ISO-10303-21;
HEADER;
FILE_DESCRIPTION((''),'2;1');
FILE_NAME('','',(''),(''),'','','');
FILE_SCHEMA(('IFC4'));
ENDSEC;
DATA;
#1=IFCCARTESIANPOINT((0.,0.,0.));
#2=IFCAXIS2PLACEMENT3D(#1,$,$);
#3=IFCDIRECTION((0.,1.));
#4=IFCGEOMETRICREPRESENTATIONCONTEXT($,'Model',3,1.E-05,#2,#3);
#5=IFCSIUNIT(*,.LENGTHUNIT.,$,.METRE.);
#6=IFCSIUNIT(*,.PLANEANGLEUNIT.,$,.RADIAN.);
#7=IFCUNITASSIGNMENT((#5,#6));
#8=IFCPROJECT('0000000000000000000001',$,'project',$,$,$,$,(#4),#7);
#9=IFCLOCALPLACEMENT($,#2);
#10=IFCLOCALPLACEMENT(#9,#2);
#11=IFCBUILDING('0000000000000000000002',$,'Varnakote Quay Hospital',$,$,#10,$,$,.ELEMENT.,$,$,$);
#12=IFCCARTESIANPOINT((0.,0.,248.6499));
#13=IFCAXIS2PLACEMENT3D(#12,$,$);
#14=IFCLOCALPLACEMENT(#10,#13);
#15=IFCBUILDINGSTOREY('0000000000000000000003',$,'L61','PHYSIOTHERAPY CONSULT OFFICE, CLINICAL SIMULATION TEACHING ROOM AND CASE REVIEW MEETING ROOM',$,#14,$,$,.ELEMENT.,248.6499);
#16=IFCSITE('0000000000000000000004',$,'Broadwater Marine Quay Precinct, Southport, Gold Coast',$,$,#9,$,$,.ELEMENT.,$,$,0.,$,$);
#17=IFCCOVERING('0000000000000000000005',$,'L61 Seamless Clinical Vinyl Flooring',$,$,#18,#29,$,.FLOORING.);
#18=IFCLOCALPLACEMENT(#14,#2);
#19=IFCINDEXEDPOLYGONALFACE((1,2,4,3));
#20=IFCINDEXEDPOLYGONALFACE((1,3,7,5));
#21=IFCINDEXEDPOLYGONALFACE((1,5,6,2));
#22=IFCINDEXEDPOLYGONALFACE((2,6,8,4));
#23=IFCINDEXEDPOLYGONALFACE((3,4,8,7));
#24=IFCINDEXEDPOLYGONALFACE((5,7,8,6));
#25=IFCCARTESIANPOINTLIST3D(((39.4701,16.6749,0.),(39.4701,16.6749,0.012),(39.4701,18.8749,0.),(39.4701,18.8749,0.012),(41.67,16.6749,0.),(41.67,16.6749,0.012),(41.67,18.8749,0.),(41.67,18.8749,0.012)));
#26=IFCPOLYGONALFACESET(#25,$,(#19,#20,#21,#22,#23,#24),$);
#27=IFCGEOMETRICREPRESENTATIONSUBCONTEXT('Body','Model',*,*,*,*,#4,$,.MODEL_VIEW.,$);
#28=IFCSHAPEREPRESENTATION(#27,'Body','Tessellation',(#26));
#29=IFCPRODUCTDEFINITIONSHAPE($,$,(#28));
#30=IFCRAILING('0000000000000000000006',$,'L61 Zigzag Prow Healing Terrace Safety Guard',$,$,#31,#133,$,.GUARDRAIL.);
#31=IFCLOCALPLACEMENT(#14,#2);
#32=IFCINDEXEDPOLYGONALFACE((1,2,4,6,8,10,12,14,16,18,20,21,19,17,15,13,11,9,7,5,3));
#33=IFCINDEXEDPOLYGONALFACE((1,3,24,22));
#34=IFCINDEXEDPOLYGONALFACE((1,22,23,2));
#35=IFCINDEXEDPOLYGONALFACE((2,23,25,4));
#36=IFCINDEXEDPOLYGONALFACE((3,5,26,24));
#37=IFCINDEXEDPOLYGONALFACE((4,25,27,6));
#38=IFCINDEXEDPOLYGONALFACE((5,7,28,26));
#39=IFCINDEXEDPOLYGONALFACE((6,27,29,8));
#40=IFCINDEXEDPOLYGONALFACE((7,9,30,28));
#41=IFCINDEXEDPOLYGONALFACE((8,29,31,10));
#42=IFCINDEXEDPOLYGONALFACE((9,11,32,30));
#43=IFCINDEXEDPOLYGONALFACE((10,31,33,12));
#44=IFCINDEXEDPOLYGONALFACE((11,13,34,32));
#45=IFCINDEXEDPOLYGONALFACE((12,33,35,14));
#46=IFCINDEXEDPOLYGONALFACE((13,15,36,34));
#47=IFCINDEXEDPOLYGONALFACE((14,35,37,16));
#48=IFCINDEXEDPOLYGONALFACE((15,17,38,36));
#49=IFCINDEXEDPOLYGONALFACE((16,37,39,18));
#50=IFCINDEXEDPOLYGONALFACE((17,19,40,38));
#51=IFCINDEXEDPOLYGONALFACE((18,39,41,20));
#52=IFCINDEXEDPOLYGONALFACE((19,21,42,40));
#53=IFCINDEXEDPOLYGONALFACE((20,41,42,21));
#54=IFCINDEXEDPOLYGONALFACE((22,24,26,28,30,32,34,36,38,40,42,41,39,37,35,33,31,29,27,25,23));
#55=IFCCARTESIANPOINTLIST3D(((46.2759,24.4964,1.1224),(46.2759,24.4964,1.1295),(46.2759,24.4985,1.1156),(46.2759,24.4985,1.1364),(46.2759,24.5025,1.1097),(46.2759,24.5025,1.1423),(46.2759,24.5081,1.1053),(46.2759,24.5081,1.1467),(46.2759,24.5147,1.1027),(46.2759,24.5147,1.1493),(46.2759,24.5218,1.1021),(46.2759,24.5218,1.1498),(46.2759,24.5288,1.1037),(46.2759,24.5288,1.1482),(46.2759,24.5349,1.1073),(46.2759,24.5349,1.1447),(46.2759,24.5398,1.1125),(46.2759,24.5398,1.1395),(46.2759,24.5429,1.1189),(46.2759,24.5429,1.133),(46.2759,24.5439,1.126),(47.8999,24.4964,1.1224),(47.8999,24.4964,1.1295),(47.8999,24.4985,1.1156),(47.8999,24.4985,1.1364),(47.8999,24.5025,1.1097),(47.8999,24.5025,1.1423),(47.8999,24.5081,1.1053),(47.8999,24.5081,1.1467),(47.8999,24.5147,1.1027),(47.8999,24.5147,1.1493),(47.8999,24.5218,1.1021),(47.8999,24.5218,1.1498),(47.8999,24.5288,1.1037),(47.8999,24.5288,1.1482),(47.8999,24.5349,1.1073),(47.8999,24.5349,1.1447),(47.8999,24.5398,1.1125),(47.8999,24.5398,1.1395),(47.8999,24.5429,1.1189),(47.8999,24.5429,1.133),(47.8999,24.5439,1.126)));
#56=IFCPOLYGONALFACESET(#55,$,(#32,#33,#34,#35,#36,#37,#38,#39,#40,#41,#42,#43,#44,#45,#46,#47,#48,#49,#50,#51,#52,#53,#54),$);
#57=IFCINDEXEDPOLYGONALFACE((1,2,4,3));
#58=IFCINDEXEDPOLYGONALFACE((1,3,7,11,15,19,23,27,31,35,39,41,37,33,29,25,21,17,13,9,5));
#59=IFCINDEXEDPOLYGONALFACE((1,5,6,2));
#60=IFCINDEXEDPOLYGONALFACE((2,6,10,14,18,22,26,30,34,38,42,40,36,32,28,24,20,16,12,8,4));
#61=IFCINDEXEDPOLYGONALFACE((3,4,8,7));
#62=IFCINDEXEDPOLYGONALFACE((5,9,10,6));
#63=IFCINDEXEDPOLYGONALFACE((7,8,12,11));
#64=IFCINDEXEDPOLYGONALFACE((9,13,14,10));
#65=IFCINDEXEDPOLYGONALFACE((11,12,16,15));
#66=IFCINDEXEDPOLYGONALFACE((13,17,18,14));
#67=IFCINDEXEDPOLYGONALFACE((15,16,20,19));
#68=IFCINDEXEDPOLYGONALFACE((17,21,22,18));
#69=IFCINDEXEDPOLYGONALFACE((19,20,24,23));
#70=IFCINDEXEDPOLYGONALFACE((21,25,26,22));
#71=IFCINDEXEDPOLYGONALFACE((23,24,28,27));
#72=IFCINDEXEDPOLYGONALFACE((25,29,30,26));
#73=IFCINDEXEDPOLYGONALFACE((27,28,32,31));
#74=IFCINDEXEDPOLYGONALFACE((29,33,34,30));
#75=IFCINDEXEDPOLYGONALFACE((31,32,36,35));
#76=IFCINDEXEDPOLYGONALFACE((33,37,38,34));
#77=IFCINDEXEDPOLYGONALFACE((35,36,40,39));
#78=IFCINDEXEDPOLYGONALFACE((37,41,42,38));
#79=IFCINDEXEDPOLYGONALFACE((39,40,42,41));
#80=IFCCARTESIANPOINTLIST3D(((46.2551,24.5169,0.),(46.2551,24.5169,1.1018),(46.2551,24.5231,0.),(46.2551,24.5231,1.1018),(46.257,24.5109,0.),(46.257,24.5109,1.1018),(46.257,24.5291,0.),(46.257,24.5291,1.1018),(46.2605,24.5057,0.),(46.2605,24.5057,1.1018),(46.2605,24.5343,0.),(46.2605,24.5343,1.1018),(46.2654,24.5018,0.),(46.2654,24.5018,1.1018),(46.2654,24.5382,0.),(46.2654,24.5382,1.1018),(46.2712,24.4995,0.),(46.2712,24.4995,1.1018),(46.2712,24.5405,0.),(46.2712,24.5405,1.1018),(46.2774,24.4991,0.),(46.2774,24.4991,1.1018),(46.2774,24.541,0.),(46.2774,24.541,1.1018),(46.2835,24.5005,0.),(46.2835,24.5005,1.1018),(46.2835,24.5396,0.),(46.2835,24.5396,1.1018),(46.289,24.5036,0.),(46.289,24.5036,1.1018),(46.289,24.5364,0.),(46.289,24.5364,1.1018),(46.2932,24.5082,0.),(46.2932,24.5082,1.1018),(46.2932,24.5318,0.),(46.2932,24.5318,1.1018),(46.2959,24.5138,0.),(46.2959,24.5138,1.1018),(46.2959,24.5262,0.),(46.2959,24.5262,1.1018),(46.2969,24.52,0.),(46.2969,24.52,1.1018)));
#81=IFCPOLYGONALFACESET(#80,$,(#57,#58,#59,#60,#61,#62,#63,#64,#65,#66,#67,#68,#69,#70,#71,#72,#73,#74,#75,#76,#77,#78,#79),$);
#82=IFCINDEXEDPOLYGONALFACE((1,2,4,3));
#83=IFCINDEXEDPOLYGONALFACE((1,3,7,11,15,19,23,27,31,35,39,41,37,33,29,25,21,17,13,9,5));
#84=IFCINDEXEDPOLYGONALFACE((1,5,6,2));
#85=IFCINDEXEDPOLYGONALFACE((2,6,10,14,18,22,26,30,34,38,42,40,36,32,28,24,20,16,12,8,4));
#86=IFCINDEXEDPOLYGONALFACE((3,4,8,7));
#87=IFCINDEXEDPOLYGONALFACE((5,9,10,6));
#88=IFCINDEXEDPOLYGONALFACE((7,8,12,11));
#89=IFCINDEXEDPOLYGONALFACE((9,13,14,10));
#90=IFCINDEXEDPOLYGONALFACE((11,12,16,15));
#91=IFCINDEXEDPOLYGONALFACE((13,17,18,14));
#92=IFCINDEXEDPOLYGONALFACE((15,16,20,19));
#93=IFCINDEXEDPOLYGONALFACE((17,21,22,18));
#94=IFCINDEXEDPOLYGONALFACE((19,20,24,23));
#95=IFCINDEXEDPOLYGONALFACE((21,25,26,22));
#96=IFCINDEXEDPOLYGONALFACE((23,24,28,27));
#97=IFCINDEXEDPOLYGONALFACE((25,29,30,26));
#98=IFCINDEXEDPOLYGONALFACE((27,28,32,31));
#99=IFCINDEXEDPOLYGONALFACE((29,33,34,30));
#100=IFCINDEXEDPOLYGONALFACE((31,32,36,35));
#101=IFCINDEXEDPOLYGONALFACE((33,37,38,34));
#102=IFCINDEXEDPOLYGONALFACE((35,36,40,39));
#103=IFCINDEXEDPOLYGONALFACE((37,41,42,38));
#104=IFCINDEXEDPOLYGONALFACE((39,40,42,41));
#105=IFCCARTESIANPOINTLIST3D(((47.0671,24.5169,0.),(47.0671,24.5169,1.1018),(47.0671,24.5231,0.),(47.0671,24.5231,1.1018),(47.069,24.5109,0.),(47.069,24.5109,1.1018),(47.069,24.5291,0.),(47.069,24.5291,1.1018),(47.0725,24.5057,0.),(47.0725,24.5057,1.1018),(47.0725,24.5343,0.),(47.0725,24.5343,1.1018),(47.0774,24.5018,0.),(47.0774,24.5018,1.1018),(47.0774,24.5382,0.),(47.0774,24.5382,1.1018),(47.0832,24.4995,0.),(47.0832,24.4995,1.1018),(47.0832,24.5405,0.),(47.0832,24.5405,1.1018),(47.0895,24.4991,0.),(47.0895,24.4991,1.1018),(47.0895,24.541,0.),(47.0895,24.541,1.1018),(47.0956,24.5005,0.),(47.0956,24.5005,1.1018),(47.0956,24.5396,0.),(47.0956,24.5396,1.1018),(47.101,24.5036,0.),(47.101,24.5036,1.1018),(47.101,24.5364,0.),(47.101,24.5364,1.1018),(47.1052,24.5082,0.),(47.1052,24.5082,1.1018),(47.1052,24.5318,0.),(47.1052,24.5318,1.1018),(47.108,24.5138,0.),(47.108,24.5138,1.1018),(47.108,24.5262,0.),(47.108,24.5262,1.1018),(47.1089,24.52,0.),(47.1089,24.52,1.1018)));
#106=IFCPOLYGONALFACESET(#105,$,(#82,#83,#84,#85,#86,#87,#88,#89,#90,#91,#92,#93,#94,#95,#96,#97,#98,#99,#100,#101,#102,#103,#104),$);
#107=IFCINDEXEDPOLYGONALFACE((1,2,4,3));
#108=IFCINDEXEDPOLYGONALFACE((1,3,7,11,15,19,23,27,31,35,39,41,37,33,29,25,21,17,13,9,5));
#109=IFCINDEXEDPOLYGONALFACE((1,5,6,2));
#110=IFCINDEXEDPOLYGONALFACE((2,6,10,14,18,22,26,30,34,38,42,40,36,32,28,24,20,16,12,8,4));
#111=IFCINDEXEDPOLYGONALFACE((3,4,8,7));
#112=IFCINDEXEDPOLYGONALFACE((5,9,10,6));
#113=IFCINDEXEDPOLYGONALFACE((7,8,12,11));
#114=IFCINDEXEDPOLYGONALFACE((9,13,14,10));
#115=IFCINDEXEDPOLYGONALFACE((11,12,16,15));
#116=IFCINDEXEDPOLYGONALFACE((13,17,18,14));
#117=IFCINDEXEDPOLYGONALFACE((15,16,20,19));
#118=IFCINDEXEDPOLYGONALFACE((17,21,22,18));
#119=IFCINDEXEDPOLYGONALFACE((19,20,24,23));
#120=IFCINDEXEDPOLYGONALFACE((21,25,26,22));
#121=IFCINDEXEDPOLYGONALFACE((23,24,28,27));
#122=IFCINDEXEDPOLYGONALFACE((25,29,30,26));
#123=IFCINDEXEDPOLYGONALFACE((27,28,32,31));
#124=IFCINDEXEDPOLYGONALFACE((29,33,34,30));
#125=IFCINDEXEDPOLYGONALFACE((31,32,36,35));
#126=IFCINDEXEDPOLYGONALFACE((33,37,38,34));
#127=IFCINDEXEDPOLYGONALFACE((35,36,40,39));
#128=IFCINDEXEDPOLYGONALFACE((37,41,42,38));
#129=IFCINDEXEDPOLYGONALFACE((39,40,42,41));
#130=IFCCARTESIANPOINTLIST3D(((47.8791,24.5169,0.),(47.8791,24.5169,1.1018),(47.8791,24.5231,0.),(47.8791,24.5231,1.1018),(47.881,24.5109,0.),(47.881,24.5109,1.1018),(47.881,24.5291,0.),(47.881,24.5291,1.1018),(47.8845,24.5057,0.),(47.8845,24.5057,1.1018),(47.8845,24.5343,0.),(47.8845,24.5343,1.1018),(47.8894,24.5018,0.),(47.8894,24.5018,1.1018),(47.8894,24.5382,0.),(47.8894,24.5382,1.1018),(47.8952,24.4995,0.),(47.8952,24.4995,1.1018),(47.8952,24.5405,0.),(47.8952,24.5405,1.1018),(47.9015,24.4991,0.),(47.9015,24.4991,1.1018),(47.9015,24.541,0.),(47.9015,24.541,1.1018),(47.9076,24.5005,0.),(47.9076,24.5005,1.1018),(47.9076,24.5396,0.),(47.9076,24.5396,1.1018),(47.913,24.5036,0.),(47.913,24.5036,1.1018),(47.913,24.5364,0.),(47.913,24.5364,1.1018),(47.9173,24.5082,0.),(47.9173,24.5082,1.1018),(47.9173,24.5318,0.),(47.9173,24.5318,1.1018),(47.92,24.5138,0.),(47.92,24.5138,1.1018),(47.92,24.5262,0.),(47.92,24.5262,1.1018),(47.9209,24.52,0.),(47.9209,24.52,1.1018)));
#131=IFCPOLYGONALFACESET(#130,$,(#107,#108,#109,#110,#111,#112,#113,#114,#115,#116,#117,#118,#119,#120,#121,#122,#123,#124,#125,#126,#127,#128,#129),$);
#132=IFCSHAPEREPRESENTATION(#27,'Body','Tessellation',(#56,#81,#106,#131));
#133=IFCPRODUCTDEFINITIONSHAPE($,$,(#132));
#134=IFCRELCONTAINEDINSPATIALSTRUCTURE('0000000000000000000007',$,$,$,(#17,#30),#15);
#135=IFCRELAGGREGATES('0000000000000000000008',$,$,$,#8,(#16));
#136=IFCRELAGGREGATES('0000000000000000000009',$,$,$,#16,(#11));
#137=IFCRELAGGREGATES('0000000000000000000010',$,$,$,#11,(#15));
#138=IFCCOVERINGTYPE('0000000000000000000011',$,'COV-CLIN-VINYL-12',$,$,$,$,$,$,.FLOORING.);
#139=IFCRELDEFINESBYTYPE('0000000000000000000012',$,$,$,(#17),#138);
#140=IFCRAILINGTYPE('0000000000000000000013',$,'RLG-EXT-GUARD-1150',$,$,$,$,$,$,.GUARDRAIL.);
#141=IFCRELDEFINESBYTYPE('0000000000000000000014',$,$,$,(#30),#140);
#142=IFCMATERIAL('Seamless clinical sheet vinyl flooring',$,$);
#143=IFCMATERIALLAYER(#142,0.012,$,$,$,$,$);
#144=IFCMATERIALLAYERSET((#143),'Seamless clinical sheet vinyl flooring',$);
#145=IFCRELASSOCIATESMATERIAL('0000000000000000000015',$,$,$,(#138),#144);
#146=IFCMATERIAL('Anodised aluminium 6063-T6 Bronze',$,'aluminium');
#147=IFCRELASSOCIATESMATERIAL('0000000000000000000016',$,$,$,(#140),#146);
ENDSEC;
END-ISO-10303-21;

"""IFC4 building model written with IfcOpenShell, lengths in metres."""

from ifc_helpers import new_model, si_unit, direction, frame, origin, origin_2d, place, context, subcontext, project, spatial, rectangle, circle, extrude, material, layer, layer_set, type_object, element, save


model = new_model("IFC4")

# Units and contexts
model_context = context("Model", 3, precision=1e-05, world=origin(), true_north=direction((0.0, 1.0)))
body_context = subcontext(model_context, "Body", "Model", "MODEL_VIEW")
ifc_project = project(units=[si_unit("LENGTHUNIT", "METRE"), si_unit("PLANEANGLEUNIT", "RADIAN")], contexts=[model_context])

# Site, building, storey
site_placement = place(None, origin())
site = spatial("IfcSite", under=ifc_project, at=site_placement, Name="Broadwater Marine Quay Precinct, Southport, Gold Coast", CompositionType="ELEMENT", RefElevation=0.0)
building_placement = place(site_placement, origin())
building = spatial("IfcBuilding", under=site, at=building_placement, Name="Varnakote Quay Hospital", CompositionType="ELEMENT")
storey_placement = place(building_placement, frame((0.0, 0.0, 248.6499)))
storey = spatial("IfcBuildingStorey", under=building, at=storey_placement, Name="L61", Description="PHYSIOTHERAPY CONSULT OFFICE, CLINICAL SIMULATION TEACHING ROOM AND CASE REVIEW MEETING ROOM", CompositionType="ELEMENT", Elevation=248.6499)

# Covering
ifc_material_1 = material(Name="Seamless clinical sheet vinyl flooring")
ifc_layer_1 = layer(ifc_material_1, 0.012)
ifc_layer_set_1 = layer_set([ifc_layer_1], Name="Seamless clinical sheet vinyl flooring")
covering_type_1 = type_object("IfcCoveringType", Name="COV-CLIN-VINYL-12", PredefinedType="FLOORING", material=ifc_layer_set_1)
covering_1_placement = place(storey_placement, frame((40.5701, 17.7749, 0.0), z_axis=(0.0, 0.0, 1.0), x_axis=(1.0, 0.0, 0.0)))
element("IfcCovering", 1, at=covering_1_placement, inside=storey, type_object=covering_type_1, Name="L61 Seamless Clinical Vinyl Flooring", PredefinedType="FLOORING", context=body_context, shape_type="SweptSolid", body=[
    extrude(rectangle(XDim=2.2, YDim=2.2, at=origin_2d()), origin(), (0.0, 0.0, 1.0), 0.012),
])

# Railing
ifc_material_2 = material(Name="Anodised aluminium 6063-T6 Bronze", Category="aluminium")
railing_type = type_object("IfcRailingType", Name="RLG-EXT-GUARD-1150", PredefinedType="GUARDRAIL", material=ifc_material_2)
railing_1_placement = place(storey_placement, frame((46.2759, 24.52, 0.0)))
element("IfcRailing", 2, at=railing_1_placement, inside=storey, type_object=railing_type, Name="L61 Zigzag Prow Healing Terrace Safety Guard", PredefinedType="GUARDRAIL", context=body_context, shape_type="SweptSolid", body=[
    extrude(circle(Radius=0.0239, at=origin_2d()), frame((0.0, 0.0, 1.126), z_axis=(1.0, 0.0, 0.0), x_axis=(0.0, 1.0, 0.0)), (0.0, 0.0, 1.0), 1.624),
    extrude(circle(Radius=0.021, at=origin_2d()), origin(), (0.0, 0.0, 1.0), 1.1018),
    extrude(circle(Radius=0.021, at=origin_2d()), frame((0.812, 0.0, 0.0)), (0.0, 0.0, 1.0), 1.1018),
    extrude(circle(Radius=0.021, at=origin_2d()), frame((1.624, 0.0, 0.0)), (0.0, 0.0, 1.0), 1.1018),
])

save(model, "model.ifc")
